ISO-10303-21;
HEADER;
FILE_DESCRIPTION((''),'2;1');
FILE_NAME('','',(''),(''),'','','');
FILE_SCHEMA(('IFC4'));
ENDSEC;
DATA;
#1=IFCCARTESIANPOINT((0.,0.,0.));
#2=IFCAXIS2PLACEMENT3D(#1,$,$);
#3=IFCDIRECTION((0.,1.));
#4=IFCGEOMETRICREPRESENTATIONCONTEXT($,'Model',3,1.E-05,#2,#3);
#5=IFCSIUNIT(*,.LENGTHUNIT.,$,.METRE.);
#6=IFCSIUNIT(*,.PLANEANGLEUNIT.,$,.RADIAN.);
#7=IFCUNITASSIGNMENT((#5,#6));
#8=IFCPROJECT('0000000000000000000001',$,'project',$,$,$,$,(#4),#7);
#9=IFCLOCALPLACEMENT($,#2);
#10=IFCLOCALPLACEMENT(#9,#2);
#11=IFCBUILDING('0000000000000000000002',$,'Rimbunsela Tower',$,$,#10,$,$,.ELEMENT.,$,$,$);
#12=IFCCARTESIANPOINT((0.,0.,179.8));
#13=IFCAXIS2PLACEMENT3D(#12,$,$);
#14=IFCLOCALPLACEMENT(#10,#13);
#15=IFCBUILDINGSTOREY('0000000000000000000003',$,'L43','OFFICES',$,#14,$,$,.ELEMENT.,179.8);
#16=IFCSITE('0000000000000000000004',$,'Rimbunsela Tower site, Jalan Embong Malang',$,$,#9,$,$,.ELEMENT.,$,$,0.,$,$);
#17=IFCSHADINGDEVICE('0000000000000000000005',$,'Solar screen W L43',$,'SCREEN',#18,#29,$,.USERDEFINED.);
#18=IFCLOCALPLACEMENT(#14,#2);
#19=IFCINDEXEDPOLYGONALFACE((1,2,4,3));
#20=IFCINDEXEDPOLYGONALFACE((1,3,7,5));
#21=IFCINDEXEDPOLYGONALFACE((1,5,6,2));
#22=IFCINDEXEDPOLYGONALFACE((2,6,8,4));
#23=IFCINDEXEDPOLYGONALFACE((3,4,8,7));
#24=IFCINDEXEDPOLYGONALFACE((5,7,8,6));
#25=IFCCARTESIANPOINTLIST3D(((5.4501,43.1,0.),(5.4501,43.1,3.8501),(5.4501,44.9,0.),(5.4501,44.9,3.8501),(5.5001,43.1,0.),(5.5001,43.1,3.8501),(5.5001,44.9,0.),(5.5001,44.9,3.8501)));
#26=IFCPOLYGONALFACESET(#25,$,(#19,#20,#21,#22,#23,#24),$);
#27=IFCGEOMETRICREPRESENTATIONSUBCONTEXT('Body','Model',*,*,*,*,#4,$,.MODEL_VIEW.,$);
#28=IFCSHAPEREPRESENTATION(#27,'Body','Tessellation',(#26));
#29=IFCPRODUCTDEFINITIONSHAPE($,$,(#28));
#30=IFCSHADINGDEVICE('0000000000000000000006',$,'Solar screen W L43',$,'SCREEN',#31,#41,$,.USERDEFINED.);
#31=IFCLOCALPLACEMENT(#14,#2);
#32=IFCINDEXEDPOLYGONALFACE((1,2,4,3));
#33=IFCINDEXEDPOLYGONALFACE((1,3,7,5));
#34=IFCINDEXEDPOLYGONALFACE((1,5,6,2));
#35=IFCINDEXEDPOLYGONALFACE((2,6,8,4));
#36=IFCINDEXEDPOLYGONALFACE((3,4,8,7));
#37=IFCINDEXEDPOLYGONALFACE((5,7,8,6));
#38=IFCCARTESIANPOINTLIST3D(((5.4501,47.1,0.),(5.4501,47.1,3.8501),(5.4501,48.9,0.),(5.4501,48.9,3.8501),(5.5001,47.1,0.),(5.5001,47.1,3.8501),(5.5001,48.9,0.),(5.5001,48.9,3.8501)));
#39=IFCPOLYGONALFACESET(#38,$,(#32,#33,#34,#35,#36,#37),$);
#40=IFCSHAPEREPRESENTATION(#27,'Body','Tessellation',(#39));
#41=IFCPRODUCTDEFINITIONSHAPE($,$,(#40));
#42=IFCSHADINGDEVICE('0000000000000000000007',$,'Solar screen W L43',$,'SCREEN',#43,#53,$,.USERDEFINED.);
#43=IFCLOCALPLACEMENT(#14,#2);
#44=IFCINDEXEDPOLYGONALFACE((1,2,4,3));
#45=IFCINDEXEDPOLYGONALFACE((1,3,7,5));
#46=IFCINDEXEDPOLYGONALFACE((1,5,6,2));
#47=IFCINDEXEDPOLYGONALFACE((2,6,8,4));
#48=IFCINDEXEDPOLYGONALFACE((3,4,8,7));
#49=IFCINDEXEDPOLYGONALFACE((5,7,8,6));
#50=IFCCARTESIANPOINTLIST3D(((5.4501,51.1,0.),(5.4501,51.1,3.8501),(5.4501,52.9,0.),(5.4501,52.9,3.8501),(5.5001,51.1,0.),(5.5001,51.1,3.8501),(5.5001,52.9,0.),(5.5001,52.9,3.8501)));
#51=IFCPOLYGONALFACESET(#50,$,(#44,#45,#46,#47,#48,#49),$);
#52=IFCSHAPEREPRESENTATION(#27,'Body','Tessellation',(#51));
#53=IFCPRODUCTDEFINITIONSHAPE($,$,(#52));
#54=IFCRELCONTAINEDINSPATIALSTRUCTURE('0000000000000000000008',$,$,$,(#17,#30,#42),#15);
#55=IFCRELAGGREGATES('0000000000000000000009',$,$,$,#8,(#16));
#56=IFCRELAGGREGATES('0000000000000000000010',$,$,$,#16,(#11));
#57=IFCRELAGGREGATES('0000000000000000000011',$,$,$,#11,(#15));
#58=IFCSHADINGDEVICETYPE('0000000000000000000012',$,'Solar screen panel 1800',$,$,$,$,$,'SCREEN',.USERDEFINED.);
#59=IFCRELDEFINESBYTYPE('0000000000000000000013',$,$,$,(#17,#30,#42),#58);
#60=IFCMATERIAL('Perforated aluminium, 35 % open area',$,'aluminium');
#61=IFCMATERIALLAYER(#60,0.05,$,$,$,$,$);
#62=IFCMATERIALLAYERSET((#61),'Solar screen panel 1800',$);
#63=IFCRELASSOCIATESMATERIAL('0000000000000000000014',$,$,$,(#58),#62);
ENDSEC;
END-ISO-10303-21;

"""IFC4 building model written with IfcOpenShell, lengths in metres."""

from ifc_helpers import new_model, si_unit, direction, frame, origin, origin_2d, place, context, subcontext, project, spatial, rectangle, extrude, material, layer, layer_set, type_object, element, save


model = new_model("IFC4")

# Units and contexts
model_context = context("Model", 3, precision=1e-05, world=origin(), true_north=direction((0.0, 1.0)))
body_context = subcontext(model_context, "Body", "Model", "MODEL_VIEW")
ifc_project = project(units=[si_unit("LENGTHUNIT", "METRE"), si_unit("PLANEANGLEUNIT", "RADIAN")], contexts=[model_context])

# Site, building, storey
site_placement = place(None, origin())
site = spatial("IfcSite", under=ifc_project, at=site_placement, Name="Rimbunsela Tower site, Jalan Embong Malang", CompositionType="ELEMENT", RefElevation=0.0)
building_placement = place(site_placement, origin())
building = spatial("IfcBuilding", under=site, at=building_placement, Name="Rimbunsela Tower", CompositionType="ELEMENT")
storey_placement = place(building_placement, frame((0.0, 0.0, 179.8)))
storey = spatial("IfcBuildingStorey", under=building, at=storey_placement, Name="L43", Description="OFFICES", CompositionType="ELEMENT", Elevation=179.8)

# Shading devices
ifc_material_1 = material(Name="Perforated aluminium, 35 % open area", Category="aluminium")
ifc_layer_1 = layer(ifc_material_1, 0.05)
ifc_layer_set_1 = layer_set([ifc_layer_1], Name="Solar screen panel 1800")
shading_device_type = type_object("IfcShadingDeviceType", Name="Solar screen panel 1800", ElementType="SCREEN", PredefinedType="USERDEFINED", material=ifc_layer_set_1)
for number, where, z_axis, x_axis, name in (
    (1, (5.4751, 44.0, 0.0), (0.0, 0.0, 1.0), (0.0, 1.0, 0.0), "Solar screen W L43"),
    (2, (5.4751, 48.0, 0.0), (0.0, 0.0, 1.0), (0.0, 1.0, 0.0), "Solar screen W L43"),
    (3, (5.4751, 52.0, 0.0), (0.0, 0.0, 1.0), (0.0, 1.0, 0.0), "Solar screen W L43"),
):
    element("IfcShadingDevice", number, at=place(storey_placement, frame(where, z_axis=z_axis, x_axis=x_axis)), inside=storey, type_object=shading_device_type, Name=name, ObjectType="SCREEN", PredefinedType="USERDEFINED", context=body_context, shape_type="SweptSolid", body=[
        extrude(rectangle(XDim=1.8, YDim=0.05, at=origin_2d()), origin(), (0.0, 0.0, 1.0), 3.8501),
    ])

save(model, "model.ifc")
